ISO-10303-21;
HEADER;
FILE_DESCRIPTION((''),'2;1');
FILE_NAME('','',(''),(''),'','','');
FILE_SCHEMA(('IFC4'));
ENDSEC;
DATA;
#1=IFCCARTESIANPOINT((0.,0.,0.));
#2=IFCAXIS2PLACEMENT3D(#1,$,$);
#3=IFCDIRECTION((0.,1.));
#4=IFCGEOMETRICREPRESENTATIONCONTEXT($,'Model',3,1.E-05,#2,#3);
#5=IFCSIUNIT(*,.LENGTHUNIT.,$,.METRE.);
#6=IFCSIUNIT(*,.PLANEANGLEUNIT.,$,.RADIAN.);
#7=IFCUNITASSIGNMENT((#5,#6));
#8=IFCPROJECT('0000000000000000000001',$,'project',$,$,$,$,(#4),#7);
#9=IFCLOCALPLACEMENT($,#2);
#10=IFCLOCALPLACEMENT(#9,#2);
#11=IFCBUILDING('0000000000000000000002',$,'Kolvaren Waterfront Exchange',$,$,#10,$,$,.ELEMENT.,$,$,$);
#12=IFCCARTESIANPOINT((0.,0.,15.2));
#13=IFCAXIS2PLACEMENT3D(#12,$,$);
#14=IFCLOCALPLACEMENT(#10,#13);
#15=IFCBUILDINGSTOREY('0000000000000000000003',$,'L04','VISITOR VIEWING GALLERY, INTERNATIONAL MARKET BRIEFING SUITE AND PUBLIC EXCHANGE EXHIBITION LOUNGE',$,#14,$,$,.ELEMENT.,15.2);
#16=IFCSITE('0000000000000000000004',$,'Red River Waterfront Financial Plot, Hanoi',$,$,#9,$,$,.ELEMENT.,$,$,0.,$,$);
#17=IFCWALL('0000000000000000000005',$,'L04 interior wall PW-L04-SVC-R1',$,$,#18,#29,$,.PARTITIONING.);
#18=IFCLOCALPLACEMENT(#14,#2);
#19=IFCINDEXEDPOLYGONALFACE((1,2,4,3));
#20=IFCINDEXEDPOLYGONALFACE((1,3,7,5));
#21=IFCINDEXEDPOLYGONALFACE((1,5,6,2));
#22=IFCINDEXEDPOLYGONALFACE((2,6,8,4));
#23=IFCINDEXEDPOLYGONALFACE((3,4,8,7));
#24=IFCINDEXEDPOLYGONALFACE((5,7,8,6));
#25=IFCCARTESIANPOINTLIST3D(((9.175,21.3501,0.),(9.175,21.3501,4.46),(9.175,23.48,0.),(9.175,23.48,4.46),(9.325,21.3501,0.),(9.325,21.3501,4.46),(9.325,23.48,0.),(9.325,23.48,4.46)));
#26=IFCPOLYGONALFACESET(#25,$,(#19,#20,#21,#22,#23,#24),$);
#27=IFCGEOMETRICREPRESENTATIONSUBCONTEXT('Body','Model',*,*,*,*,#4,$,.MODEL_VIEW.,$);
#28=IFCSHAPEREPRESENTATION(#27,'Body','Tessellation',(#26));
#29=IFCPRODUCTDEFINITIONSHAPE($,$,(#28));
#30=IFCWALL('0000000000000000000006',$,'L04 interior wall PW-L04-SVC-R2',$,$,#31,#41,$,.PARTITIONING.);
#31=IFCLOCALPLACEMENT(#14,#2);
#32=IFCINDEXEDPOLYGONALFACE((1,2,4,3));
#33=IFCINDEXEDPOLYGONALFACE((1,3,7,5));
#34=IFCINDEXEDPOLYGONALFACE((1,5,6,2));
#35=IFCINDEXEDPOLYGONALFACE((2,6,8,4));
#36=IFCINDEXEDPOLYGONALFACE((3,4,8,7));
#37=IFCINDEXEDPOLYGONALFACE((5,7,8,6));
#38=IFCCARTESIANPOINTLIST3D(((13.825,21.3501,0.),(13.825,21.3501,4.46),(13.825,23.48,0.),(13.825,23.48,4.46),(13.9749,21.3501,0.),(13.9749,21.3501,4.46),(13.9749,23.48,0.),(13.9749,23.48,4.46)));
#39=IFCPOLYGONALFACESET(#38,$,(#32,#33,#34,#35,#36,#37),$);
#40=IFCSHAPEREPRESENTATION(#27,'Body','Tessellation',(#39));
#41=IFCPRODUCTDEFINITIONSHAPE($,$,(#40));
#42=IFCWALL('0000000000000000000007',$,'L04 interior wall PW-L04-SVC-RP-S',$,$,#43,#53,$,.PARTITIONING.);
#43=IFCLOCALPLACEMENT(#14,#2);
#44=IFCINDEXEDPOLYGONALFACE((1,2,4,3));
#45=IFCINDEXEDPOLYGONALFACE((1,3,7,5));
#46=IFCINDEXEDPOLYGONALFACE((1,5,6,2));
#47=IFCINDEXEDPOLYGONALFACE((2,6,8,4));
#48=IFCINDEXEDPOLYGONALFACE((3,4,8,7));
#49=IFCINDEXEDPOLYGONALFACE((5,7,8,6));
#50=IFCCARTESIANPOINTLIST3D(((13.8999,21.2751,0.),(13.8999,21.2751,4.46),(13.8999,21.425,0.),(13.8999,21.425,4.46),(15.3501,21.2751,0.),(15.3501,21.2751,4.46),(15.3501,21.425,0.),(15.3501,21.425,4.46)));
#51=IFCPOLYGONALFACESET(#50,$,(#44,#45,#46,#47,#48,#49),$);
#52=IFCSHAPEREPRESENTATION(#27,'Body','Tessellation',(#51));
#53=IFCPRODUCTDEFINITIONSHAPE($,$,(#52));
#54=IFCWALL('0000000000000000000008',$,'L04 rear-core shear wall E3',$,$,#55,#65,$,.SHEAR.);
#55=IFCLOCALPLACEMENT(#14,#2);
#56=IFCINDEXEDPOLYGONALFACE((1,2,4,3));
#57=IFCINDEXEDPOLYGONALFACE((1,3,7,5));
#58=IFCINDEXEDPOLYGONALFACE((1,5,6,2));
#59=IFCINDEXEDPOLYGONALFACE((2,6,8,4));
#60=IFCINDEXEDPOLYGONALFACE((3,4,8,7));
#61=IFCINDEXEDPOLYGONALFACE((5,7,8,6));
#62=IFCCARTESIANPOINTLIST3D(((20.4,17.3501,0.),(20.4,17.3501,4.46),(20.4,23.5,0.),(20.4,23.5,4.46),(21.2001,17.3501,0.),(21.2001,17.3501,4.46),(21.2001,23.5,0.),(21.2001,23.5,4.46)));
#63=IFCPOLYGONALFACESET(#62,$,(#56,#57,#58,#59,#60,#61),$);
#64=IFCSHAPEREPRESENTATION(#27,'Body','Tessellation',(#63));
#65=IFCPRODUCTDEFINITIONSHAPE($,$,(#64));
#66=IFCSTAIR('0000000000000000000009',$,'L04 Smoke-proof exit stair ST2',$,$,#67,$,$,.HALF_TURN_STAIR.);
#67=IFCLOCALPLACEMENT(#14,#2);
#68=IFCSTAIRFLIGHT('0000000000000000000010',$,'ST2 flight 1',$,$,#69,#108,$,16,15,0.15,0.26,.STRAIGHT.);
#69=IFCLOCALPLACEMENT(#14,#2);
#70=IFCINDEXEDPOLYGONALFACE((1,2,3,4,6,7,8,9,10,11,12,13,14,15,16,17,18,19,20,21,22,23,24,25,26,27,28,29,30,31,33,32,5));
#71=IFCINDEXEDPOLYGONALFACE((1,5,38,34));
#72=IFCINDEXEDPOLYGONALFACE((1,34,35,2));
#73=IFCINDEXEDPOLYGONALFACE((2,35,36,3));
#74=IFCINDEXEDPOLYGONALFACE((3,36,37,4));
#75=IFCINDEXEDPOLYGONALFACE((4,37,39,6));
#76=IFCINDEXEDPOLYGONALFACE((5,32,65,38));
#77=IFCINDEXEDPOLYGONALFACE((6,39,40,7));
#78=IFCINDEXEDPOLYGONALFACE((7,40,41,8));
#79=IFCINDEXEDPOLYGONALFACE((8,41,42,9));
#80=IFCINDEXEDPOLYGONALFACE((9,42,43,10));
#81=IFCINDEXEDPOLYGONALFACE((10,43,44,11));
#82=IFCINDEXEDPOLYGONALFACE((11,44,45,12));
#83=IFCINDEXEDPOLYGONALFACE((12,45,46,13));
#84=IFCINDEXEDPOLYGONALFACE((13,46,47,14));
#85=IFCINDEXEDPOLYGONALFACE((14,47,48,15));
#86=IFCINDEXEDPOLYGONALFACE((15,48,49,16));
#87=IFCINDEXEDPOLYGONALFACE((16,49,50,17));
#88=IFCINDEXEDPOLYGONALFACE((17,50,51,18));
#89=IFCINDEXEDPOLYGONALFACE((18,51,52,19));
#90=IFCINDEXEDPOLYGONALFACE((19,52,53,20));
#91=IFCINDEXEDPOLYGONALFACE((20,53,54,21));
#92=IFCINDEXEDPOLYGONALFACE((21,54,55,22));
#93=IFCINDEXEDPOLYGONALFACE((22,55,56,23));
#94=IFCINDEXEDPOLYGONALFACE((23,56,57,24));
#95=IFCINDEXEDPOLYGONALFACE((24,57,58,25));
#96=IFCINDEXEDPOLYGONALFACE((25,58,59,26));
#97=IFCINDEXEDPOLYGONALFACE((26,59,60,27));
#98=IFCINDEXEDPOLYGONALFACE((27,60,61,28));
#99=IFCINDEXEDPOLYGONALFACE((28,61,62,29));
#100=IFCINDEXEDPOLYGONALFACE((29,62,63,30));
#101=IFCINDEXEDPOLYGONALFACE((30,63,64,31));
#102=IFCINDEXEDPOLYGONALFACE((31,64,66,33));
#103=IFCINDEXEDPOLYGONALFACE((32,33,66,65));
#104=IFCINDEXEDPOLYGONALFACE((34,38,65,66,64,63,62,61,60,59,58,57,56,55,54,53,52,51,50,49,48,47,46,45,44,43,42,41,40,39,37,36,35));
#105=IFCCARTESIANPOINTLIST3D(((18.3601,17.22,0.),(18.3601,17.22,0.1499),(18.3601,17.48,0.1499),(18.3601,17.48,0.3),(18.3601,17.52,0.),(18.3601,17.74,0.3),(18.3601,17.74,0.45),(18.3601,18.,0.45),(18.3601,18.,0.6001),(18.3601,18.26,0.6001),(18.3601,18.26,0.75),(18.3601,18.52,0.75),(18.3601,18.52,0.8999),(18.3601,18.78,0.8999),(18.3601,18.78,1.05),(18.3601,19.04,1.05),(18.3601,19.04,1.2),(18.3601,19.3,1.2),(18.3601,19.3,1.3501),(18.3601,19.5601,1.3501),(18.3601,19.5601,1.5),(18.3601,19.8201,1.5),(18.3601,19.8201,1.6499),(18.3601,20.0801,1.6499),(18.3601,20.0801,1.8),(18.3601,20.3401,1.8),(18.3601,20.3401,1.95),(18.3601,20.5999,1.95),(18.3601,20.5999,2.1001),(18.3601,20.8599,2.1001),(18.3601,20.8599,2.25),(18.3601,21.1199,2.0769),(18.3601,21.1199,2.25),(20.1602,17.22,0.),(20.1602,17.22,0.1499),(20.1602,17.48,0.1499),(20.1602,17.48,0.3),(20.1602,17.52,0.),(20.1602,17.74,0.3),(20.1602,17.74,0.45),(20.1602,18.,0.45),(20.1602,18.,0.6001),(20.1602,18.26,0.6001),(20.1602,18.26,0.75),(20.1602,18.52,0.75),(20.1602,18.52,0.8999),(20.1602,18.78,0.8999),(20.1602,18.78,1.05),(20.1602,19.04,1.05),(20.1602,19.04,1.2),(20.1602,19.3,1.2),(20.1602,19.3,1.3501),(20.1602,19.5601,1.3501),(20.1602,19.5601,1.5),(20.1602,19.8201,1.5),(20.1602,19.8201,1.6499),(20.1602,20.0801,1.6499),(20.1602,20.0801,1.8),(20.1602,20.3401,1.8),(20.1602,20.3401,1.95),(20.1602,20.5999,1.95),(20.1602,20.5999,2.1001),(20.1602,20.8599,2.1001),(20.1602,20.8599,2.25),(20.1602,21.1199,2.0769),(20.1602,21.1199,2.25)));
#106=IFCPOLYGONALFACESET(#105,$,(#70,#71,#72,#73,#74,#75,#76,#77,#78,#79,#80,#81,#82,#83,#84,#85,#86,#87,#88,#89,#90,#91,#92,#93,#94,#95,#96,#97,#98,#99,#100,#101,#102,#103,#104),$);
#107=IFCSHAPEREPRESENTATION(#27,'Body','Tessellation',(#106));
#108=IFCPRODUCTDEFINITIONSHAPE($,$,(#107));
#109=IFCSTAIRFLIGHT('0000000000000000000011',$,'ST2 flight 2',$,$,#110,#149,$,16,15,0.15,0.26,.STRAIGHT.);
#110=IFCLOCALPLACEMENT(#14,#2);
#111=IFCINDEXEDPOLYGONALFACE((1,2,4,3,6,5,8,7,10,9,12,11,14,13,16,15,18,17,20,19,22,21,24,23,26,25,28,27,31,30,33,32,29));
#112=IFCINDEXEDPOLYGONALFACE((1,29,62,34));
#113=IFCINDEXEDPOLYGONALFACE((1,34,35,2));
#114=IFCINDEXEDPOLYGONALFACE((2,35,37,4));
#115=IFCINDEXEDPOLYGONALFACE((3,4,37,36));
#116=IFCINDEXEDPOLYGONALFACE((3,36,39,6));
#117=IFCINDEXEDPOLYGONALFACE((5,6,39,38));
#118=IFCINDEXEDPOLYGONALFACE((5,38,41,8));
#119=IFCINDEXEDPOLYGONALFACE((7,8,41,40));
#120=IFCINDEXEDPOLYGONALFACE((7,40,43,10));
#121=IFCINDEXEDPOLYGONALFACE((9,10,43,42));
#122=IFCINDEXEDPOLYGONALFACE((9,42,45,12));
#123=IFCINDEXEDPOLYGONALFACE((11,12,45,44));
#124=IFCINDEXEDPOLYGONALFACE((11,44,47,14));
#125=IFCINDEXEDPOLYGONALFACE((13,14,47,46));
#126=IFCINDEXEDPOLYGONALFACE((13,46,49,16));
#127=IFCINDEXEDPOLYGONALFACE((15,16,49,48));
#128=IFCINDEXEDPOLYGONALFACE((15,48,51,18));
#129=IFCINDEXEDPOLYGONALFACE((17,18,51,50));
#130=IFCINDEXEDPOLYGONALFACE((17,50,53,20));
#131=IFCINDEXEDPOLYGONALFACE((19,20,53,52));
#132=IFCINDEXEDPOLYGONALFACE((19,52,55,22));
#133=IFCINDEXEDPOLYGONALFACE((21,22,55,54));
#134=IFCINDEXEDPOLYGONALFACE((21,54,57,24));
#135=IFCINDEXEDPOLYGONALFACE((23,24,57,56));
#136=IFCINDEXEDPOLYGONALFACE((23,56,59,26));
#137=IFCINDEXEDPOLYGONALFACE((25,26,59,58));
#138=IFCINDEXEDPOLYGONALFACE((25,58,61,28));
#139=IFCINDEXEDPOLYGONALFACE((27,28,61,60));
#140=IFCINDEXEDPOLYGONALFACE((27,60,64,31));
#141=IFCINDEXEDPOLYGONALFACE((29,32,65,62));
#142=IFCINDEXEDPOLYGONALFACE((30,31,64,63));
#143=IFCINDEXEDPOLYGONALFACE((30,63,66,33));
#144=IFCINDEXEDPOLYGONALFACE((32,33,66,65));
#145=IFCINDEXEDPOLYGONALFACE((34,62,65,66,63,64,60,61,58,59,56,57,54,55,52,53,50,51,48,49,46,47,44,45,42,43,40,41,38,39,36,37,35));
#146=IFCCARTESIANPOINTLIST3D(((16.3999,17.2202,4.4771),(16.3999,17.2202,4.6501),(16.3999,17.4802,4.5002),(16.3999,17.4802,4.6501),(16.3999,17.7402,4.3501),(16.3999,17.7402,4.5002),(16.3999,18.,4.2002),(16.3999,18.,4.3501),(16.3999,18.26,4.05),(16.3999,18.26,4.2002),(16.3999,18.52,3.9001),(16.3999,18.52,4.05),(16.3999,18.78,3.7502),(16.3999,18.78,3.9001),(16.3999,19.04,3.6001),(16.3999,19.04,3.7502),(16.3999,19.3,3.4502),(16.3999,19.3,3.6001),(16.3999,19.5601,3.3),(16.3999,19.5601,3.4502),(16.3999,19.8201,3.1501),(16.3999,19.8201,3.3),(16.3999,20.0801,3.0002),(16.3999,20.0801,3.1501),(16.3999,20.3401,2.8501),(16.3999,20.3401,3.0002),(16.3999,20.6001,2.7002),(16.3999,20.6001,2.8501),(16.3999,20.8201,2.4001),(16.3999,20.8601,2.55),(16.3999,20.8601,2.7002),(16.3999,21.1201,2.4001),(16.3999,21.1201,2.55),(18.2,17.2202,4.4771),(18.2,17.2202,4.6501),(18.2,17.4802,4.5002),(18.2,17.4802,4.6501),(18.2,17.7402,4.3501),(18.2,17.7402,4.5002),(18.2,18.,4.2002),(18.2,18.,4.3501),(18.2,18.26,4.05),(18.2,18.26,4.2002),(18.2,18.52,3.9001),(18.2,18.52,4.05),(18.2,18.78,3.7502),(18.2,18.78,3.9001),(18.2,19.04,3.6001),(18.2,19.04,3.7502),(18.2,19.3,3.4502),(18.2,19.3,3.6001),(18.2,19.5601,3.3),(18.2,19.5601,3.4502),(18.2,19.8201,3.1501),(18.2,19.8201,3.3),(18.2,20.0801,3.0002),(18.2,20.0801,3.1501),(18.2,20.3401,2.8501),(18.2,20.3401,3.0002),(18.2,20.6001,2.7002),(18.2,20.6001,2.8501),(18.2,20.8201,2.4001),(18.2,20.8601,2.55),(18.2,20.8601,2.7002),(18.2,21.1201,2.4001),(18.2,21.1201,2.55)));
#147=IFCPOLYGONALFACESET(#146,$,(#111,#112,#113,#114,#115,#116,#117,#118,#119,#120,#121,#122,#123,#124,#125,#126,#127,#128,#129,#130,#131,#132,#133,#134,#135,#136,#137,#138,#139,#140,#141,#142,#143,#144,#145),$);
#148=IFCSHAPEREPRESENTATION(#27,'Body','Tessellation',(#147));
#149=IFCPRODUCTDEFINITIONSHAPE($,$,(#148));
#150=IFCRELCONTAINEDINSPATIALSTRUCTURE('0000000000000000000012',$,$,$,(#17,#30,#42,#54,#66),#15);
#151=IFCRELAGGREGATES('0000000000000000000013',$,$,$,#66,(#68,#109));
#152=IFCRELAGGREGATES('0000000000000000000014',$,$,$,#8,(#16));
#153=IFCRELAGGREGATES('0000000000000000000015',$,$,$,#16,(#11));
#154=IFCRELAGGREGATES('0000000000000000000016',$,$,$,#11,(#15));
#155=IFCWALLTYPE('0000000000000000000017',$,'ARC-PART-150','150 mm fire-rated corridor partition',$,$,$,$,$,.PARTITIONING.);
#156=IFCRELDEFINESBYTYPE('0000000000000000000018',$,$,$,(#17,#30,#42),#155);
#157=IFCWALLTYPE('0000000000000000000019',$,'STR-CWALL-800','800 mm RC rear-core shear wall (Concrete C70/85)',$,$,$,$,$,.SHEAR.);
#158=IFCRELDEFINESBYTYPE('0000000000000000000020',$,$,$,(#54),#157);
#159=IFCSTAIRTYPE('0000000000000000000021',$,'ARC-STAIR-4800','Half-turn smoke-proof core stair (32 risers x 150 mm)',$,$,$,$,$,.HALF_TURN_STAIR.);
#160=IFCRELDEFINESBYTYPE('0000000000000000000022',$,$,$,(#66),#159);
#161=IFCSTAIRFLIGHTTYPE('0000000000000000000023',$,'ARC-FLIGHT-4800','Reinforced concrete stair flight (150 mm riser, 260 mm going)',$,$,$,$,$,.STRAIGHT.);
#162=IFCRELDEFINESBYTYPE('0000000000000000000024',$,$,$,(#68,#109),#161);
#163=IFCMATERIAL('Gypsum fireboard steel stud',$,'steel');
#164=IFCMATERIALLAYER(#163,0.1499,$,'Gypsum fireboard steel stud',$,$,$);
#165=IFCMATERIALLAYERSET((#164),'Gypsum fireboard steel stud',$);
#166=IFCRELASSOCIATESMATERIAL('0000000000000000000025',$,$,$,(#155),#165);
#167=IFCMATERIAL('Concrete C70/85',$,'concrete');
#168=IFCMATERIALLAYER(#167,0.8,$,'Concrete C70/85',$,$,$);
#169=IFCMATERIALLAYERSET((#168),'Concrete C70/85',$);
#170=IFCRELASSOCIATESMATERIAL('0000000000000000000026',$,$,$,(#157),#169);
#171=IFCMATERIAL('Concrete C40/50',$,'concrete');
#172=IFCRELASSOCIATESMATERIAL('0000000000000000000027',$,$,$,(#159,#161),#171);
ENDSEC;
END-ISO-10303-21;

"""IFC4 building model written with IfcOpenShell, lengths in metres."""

from ifc_helpers import new_model, si_unit, direction, frame, frame_2d, origin, place, context, subcontext, project, spatial, polyline, rectangle, outline, extrude, material, layer, layer_set, type_object, element, aggregate, save


model = new_model("IFC4")

# Units and contexts
model_context = context("Model", 3, precision=1e-05, world=origin(), true_north=direction((0.0, 1.0)))
body_context = subcontext(model_context, "Body", "Model", "MODEL_VIEW")
ifc_project = project(units=[si_unit("LENGTHUNIT", "METRE"), si_unit("PLANEANGLEUNIT", "RADIAN")], contexts=[model_context])

# Site, building, storey
site_placement = place(None, origin())
site = spatial("IfcSite", under=ifc_project, at=site_placement, Name="Red River Waterfront Financial Plot, Hanoi", CompositionType="ELEMENT", RefElevation=0.0)
building_placement = place(site_placement, origin())
building = spatial("IfcBuilding", under=site, at=building_placement, Name="Kolvaren Waterfront Exchange", CompositionType="ELEMENT")
storey_placement = place(building_placement, frame((0.0, 0.0, 15.2)))
storey = spatial("IfcBuildingStorey", under=building, at=storey_placement, Name="L04", Description="VISITOR VIEWING GALLERY, INTERNATIONAL MARKET BRIEFING SUITE AND PUBLIC EXCHANGE EXHIBITION LOUNGE", CompositionType="ELEMENT", Elevation=15.2)

# Shared definitions
ifc_material_1 = material(Name="Concrete C70/85", Category="concrete")

# Walls
ifc_material_2 = material(Name="Gypsum fireboard steel stud", Category="steel")
ifc_layer_1 = layer(ifc_material_2, 0.1499, Name="Gypsum fireboard steel stud")
ifc_layer_set_1 = layer_set([ifc_layer_1], Name="Gypsum fireboard steel stud")
wall_type_1 = type_object("IfcWallType", Name="ARC-PART-150", Description="150 mm fire-rated corridor partition", PredefinedType="PARTITIONING", material=ifc_layer_set_1)
for number, where, z_axis, x_axis, name in (
    (1, (9.25, 21.3501, 0.0), (0.0, 0.0, 1.0), (0.0, 1.0, 0.0), "L04 interior wall PW-L04-SVC-R1"),
    (2, (13.8999, 21.3501, 0.0), (0.0, 0.0, 1.0), (0.0, 1.0, 0.0), "L04 interior wall PW-L04-SVC-R2"),
):
    element("IfcWall", number, at=place(storey_placement, frame(where, z_axis=z_axis, x_axis=x_axis)), inside=storey, type_object=wall_type_1, Name=name, PredefinedType="PARTITIONING", context=body_context, shape_type="SweptSolid", body=[
        extrude(rectangle(XDim=2.1299, YDim=0.1499, at=frame_2d((1.0649, 0.0))), origin(), (0.0, 0.0, 1.0), 4.46),
    ])
wall_1_placement = place(storey_placement, frame((13.8999, 21.3501, 0.0), z_axis=(0.0, 0.0, 1.0), x_axis=(1.0, 0.0, 0.0)))
element("IfcWall", 3, at=wall_1_placement, inside=storey, type_object=wall_type_1, Name="L04 interior wall PW-L04-SVC-RP-S", PredefinedType="PARTITIONING", context=body_context, shape_type="SweptSolid", body=[
    extrude(rectangle(XDim=1.4502, YDim=0.1499, at=frame_2d((0.7251, 0.0))), origin(), (0.0, 0.0, 1.0), 4.46),
])

# Wall
ifc_layer_2 = layer(ifc_material_1, 0.8, Name="Concrete C70/85")
ifc_layer_set_2 = layer_set([ifc_layer_2], Name="Concrete C70/85")
wall_type_2 = type_object("IfcWallType", Name="STR-CWALL-800", Description="800 mm RC rear-core shear wall (Concrete C70/85)", PredefinedType="SHEAR", material=ifc_layer_set_2)
wall_2_placement = place(storey_placement, frame((20.8, 17.3501, 0.0), z_axis=(0.0, 0.0, 1.0), x_axis=(0.0, 1.0, 0.0)))
element("IfcWall", 4, at=wall_2_placement, inside=storey, type_object=wall_type_2, Name="L04 rear-core shear wall E3", PredefinedType="SHEAR", context=body_context, shape_type="SweptSolid", body=[
    extrude(rectangle(XDim=6.1499, YDim=0.8, at=frame_2d((3.075, 0.0))), origin(), (0.0, 0.0, 1.0), 4.46),
])

# Stair, stair flights
ifc_material_3 = material(Name="Concrete C40/50", Category="concrete")
stair_type = type_object("IfcStairType", Name="ARC-STAIR-4800", Description="Half-turn smoke-proof core stair (32 risers x 150 mm)", PredefinedType="HALF_TURN_STAIR", material=ifc_material_3)
stair_placement = place(storey_placement, origin())
stair = element("IfcStair", 5, at=stair_placement, inside=storey, type_object=stair_type, Name="L04 Smoke-proof exit stair ST2", PredefinedType="HALF_TURN_STAIR")
stair_flight_type = type_object("IfcStairFlightType", Name="ARC-FLIGHT-4800", Description="Reinforced concrete stair flight (150 mm riser, 260 mm going)", PredefinedType="STRAIGHT", material=ifc_material_3)
stair_flight_1_placement = place(storey_placement, frame((19.26, 17.22, 0.0), z_axis=(0.0, 0.0, 1.0), x_axis=(0.0, 1.0, 0.0)))
stair_flight_1 = element("IfcStairFlight", 6, at=stair_flight_1_placement, type_object=stair_flight_type, Name="ST2 flight 1", NumberOfRisers=16, NumberOfTreads=15, PredefinedType="STRAIGHT", RiserHeight=0.15, TreadLength=0.26, context=body_context, shape_type="SweptSolid", body=[
    extrude(outline(polyline([(0.0, 0.0), (0.0, 0.1499), (0.26, 0.1499), (0.26, 0.3), (0.52, 0.3), (0.52, 0.45), (0.78, 0.45), (0.78, 0.6001), (1.04, 0.6001), (1.04, 0.75), (1.3, 0.75), (1.3, 0.8999), (1.5601, 0.8999), (1.5601, 1.05), (1.8201, 1.05), (1.8201, 1.2), (2.0801, 1.2), (2.0801, 1.3501), (2.3401, 1.3501), (2.3401, 1.5), (2.6001, 1.5), (2.6001, 1.6499), (2.8601, 1.6499), (2.8601, 1.8), (3.1201, 1.8), (3.1201, 1.95), (3.3799, 1.95), (3.3799, 2.1001), (3.6399, 2.1001), (3.6399, 2.25), (3.8999, 2.25), (3.8999, 2.3999), (3.8999, 2.0769), (0.3, 0.0), (0.0, 0.0)])), frame((0.0, 0.8999, 0.0), z_axis=(0.0, -1.0, 0.0), x_axis=(1.0, 0.0, 0.0)), (0.0, 0.0, 1.0), 1.8),
])
stair_flight_2_placement = place(storey_placement, frame((17.3, 21.1201, 2.4001), z_axis=(0.0, 0.0, 1.0), x_axis=(0.0, -1.0, 0.0)))
stair_flight_2 = element("IfcStairFlight", 7, at=stair_flight_2_placement, type_object=stair_flight_type, Name="ST2 flight 2", NumberOfRisers=16, NumberOfTreads=15, PredefinedType="STRAIGHT", RiserHeight=0.15, TreadLength=0.26, context=body_context, shape_type="SweptSolid", body=[
    extrude(outline(polyline([(0.0, 0.0), (0.0, 0.1499), (0.26, 0.1499), (0.26, 0.3), (0.52, 0.3), (0.52, 0.45), (0.78, 0.45), (0.78, 0.6001), (1.04, 0.6001), (1.04, 0.75), (1.3, 0.75), (1.3, 0.8999), (1.5601, 0.8999), (1.5601, 1.05), (1.8201, 1.05), (1.8201, 1.2), (2.0801, 1.2), (2.0801, 1.3501), (2.3401, 1.3501), (2.3401, 1.5), (2.6001, 1.5), (2.6001, 1.6499), (2.8601, 1.6499), (2.8601, 1.8), (3.1201, 1.8), (3.1201, 1.95), (3.3799, 1.95), (3.3799, 2.1001), (3.6399, 2.1001), (3.6399, 2.25), (3.8999, 2.25), (3.8999, 2.3999), (3.8999, 2.0769), (0.3, 0.0), (0.0, 0.0)])), frame((0.0, 0.8999, 0.0), z_axis=(0.0, -1.0, 0.0), x_axis=(1.0, 0.0, 0.0)), (0.0, 0.0, 1.0), 1.8),
])
aggregate(stair, [stair_flight_1, stair_flight_2])

save(model, "model.ifc")
